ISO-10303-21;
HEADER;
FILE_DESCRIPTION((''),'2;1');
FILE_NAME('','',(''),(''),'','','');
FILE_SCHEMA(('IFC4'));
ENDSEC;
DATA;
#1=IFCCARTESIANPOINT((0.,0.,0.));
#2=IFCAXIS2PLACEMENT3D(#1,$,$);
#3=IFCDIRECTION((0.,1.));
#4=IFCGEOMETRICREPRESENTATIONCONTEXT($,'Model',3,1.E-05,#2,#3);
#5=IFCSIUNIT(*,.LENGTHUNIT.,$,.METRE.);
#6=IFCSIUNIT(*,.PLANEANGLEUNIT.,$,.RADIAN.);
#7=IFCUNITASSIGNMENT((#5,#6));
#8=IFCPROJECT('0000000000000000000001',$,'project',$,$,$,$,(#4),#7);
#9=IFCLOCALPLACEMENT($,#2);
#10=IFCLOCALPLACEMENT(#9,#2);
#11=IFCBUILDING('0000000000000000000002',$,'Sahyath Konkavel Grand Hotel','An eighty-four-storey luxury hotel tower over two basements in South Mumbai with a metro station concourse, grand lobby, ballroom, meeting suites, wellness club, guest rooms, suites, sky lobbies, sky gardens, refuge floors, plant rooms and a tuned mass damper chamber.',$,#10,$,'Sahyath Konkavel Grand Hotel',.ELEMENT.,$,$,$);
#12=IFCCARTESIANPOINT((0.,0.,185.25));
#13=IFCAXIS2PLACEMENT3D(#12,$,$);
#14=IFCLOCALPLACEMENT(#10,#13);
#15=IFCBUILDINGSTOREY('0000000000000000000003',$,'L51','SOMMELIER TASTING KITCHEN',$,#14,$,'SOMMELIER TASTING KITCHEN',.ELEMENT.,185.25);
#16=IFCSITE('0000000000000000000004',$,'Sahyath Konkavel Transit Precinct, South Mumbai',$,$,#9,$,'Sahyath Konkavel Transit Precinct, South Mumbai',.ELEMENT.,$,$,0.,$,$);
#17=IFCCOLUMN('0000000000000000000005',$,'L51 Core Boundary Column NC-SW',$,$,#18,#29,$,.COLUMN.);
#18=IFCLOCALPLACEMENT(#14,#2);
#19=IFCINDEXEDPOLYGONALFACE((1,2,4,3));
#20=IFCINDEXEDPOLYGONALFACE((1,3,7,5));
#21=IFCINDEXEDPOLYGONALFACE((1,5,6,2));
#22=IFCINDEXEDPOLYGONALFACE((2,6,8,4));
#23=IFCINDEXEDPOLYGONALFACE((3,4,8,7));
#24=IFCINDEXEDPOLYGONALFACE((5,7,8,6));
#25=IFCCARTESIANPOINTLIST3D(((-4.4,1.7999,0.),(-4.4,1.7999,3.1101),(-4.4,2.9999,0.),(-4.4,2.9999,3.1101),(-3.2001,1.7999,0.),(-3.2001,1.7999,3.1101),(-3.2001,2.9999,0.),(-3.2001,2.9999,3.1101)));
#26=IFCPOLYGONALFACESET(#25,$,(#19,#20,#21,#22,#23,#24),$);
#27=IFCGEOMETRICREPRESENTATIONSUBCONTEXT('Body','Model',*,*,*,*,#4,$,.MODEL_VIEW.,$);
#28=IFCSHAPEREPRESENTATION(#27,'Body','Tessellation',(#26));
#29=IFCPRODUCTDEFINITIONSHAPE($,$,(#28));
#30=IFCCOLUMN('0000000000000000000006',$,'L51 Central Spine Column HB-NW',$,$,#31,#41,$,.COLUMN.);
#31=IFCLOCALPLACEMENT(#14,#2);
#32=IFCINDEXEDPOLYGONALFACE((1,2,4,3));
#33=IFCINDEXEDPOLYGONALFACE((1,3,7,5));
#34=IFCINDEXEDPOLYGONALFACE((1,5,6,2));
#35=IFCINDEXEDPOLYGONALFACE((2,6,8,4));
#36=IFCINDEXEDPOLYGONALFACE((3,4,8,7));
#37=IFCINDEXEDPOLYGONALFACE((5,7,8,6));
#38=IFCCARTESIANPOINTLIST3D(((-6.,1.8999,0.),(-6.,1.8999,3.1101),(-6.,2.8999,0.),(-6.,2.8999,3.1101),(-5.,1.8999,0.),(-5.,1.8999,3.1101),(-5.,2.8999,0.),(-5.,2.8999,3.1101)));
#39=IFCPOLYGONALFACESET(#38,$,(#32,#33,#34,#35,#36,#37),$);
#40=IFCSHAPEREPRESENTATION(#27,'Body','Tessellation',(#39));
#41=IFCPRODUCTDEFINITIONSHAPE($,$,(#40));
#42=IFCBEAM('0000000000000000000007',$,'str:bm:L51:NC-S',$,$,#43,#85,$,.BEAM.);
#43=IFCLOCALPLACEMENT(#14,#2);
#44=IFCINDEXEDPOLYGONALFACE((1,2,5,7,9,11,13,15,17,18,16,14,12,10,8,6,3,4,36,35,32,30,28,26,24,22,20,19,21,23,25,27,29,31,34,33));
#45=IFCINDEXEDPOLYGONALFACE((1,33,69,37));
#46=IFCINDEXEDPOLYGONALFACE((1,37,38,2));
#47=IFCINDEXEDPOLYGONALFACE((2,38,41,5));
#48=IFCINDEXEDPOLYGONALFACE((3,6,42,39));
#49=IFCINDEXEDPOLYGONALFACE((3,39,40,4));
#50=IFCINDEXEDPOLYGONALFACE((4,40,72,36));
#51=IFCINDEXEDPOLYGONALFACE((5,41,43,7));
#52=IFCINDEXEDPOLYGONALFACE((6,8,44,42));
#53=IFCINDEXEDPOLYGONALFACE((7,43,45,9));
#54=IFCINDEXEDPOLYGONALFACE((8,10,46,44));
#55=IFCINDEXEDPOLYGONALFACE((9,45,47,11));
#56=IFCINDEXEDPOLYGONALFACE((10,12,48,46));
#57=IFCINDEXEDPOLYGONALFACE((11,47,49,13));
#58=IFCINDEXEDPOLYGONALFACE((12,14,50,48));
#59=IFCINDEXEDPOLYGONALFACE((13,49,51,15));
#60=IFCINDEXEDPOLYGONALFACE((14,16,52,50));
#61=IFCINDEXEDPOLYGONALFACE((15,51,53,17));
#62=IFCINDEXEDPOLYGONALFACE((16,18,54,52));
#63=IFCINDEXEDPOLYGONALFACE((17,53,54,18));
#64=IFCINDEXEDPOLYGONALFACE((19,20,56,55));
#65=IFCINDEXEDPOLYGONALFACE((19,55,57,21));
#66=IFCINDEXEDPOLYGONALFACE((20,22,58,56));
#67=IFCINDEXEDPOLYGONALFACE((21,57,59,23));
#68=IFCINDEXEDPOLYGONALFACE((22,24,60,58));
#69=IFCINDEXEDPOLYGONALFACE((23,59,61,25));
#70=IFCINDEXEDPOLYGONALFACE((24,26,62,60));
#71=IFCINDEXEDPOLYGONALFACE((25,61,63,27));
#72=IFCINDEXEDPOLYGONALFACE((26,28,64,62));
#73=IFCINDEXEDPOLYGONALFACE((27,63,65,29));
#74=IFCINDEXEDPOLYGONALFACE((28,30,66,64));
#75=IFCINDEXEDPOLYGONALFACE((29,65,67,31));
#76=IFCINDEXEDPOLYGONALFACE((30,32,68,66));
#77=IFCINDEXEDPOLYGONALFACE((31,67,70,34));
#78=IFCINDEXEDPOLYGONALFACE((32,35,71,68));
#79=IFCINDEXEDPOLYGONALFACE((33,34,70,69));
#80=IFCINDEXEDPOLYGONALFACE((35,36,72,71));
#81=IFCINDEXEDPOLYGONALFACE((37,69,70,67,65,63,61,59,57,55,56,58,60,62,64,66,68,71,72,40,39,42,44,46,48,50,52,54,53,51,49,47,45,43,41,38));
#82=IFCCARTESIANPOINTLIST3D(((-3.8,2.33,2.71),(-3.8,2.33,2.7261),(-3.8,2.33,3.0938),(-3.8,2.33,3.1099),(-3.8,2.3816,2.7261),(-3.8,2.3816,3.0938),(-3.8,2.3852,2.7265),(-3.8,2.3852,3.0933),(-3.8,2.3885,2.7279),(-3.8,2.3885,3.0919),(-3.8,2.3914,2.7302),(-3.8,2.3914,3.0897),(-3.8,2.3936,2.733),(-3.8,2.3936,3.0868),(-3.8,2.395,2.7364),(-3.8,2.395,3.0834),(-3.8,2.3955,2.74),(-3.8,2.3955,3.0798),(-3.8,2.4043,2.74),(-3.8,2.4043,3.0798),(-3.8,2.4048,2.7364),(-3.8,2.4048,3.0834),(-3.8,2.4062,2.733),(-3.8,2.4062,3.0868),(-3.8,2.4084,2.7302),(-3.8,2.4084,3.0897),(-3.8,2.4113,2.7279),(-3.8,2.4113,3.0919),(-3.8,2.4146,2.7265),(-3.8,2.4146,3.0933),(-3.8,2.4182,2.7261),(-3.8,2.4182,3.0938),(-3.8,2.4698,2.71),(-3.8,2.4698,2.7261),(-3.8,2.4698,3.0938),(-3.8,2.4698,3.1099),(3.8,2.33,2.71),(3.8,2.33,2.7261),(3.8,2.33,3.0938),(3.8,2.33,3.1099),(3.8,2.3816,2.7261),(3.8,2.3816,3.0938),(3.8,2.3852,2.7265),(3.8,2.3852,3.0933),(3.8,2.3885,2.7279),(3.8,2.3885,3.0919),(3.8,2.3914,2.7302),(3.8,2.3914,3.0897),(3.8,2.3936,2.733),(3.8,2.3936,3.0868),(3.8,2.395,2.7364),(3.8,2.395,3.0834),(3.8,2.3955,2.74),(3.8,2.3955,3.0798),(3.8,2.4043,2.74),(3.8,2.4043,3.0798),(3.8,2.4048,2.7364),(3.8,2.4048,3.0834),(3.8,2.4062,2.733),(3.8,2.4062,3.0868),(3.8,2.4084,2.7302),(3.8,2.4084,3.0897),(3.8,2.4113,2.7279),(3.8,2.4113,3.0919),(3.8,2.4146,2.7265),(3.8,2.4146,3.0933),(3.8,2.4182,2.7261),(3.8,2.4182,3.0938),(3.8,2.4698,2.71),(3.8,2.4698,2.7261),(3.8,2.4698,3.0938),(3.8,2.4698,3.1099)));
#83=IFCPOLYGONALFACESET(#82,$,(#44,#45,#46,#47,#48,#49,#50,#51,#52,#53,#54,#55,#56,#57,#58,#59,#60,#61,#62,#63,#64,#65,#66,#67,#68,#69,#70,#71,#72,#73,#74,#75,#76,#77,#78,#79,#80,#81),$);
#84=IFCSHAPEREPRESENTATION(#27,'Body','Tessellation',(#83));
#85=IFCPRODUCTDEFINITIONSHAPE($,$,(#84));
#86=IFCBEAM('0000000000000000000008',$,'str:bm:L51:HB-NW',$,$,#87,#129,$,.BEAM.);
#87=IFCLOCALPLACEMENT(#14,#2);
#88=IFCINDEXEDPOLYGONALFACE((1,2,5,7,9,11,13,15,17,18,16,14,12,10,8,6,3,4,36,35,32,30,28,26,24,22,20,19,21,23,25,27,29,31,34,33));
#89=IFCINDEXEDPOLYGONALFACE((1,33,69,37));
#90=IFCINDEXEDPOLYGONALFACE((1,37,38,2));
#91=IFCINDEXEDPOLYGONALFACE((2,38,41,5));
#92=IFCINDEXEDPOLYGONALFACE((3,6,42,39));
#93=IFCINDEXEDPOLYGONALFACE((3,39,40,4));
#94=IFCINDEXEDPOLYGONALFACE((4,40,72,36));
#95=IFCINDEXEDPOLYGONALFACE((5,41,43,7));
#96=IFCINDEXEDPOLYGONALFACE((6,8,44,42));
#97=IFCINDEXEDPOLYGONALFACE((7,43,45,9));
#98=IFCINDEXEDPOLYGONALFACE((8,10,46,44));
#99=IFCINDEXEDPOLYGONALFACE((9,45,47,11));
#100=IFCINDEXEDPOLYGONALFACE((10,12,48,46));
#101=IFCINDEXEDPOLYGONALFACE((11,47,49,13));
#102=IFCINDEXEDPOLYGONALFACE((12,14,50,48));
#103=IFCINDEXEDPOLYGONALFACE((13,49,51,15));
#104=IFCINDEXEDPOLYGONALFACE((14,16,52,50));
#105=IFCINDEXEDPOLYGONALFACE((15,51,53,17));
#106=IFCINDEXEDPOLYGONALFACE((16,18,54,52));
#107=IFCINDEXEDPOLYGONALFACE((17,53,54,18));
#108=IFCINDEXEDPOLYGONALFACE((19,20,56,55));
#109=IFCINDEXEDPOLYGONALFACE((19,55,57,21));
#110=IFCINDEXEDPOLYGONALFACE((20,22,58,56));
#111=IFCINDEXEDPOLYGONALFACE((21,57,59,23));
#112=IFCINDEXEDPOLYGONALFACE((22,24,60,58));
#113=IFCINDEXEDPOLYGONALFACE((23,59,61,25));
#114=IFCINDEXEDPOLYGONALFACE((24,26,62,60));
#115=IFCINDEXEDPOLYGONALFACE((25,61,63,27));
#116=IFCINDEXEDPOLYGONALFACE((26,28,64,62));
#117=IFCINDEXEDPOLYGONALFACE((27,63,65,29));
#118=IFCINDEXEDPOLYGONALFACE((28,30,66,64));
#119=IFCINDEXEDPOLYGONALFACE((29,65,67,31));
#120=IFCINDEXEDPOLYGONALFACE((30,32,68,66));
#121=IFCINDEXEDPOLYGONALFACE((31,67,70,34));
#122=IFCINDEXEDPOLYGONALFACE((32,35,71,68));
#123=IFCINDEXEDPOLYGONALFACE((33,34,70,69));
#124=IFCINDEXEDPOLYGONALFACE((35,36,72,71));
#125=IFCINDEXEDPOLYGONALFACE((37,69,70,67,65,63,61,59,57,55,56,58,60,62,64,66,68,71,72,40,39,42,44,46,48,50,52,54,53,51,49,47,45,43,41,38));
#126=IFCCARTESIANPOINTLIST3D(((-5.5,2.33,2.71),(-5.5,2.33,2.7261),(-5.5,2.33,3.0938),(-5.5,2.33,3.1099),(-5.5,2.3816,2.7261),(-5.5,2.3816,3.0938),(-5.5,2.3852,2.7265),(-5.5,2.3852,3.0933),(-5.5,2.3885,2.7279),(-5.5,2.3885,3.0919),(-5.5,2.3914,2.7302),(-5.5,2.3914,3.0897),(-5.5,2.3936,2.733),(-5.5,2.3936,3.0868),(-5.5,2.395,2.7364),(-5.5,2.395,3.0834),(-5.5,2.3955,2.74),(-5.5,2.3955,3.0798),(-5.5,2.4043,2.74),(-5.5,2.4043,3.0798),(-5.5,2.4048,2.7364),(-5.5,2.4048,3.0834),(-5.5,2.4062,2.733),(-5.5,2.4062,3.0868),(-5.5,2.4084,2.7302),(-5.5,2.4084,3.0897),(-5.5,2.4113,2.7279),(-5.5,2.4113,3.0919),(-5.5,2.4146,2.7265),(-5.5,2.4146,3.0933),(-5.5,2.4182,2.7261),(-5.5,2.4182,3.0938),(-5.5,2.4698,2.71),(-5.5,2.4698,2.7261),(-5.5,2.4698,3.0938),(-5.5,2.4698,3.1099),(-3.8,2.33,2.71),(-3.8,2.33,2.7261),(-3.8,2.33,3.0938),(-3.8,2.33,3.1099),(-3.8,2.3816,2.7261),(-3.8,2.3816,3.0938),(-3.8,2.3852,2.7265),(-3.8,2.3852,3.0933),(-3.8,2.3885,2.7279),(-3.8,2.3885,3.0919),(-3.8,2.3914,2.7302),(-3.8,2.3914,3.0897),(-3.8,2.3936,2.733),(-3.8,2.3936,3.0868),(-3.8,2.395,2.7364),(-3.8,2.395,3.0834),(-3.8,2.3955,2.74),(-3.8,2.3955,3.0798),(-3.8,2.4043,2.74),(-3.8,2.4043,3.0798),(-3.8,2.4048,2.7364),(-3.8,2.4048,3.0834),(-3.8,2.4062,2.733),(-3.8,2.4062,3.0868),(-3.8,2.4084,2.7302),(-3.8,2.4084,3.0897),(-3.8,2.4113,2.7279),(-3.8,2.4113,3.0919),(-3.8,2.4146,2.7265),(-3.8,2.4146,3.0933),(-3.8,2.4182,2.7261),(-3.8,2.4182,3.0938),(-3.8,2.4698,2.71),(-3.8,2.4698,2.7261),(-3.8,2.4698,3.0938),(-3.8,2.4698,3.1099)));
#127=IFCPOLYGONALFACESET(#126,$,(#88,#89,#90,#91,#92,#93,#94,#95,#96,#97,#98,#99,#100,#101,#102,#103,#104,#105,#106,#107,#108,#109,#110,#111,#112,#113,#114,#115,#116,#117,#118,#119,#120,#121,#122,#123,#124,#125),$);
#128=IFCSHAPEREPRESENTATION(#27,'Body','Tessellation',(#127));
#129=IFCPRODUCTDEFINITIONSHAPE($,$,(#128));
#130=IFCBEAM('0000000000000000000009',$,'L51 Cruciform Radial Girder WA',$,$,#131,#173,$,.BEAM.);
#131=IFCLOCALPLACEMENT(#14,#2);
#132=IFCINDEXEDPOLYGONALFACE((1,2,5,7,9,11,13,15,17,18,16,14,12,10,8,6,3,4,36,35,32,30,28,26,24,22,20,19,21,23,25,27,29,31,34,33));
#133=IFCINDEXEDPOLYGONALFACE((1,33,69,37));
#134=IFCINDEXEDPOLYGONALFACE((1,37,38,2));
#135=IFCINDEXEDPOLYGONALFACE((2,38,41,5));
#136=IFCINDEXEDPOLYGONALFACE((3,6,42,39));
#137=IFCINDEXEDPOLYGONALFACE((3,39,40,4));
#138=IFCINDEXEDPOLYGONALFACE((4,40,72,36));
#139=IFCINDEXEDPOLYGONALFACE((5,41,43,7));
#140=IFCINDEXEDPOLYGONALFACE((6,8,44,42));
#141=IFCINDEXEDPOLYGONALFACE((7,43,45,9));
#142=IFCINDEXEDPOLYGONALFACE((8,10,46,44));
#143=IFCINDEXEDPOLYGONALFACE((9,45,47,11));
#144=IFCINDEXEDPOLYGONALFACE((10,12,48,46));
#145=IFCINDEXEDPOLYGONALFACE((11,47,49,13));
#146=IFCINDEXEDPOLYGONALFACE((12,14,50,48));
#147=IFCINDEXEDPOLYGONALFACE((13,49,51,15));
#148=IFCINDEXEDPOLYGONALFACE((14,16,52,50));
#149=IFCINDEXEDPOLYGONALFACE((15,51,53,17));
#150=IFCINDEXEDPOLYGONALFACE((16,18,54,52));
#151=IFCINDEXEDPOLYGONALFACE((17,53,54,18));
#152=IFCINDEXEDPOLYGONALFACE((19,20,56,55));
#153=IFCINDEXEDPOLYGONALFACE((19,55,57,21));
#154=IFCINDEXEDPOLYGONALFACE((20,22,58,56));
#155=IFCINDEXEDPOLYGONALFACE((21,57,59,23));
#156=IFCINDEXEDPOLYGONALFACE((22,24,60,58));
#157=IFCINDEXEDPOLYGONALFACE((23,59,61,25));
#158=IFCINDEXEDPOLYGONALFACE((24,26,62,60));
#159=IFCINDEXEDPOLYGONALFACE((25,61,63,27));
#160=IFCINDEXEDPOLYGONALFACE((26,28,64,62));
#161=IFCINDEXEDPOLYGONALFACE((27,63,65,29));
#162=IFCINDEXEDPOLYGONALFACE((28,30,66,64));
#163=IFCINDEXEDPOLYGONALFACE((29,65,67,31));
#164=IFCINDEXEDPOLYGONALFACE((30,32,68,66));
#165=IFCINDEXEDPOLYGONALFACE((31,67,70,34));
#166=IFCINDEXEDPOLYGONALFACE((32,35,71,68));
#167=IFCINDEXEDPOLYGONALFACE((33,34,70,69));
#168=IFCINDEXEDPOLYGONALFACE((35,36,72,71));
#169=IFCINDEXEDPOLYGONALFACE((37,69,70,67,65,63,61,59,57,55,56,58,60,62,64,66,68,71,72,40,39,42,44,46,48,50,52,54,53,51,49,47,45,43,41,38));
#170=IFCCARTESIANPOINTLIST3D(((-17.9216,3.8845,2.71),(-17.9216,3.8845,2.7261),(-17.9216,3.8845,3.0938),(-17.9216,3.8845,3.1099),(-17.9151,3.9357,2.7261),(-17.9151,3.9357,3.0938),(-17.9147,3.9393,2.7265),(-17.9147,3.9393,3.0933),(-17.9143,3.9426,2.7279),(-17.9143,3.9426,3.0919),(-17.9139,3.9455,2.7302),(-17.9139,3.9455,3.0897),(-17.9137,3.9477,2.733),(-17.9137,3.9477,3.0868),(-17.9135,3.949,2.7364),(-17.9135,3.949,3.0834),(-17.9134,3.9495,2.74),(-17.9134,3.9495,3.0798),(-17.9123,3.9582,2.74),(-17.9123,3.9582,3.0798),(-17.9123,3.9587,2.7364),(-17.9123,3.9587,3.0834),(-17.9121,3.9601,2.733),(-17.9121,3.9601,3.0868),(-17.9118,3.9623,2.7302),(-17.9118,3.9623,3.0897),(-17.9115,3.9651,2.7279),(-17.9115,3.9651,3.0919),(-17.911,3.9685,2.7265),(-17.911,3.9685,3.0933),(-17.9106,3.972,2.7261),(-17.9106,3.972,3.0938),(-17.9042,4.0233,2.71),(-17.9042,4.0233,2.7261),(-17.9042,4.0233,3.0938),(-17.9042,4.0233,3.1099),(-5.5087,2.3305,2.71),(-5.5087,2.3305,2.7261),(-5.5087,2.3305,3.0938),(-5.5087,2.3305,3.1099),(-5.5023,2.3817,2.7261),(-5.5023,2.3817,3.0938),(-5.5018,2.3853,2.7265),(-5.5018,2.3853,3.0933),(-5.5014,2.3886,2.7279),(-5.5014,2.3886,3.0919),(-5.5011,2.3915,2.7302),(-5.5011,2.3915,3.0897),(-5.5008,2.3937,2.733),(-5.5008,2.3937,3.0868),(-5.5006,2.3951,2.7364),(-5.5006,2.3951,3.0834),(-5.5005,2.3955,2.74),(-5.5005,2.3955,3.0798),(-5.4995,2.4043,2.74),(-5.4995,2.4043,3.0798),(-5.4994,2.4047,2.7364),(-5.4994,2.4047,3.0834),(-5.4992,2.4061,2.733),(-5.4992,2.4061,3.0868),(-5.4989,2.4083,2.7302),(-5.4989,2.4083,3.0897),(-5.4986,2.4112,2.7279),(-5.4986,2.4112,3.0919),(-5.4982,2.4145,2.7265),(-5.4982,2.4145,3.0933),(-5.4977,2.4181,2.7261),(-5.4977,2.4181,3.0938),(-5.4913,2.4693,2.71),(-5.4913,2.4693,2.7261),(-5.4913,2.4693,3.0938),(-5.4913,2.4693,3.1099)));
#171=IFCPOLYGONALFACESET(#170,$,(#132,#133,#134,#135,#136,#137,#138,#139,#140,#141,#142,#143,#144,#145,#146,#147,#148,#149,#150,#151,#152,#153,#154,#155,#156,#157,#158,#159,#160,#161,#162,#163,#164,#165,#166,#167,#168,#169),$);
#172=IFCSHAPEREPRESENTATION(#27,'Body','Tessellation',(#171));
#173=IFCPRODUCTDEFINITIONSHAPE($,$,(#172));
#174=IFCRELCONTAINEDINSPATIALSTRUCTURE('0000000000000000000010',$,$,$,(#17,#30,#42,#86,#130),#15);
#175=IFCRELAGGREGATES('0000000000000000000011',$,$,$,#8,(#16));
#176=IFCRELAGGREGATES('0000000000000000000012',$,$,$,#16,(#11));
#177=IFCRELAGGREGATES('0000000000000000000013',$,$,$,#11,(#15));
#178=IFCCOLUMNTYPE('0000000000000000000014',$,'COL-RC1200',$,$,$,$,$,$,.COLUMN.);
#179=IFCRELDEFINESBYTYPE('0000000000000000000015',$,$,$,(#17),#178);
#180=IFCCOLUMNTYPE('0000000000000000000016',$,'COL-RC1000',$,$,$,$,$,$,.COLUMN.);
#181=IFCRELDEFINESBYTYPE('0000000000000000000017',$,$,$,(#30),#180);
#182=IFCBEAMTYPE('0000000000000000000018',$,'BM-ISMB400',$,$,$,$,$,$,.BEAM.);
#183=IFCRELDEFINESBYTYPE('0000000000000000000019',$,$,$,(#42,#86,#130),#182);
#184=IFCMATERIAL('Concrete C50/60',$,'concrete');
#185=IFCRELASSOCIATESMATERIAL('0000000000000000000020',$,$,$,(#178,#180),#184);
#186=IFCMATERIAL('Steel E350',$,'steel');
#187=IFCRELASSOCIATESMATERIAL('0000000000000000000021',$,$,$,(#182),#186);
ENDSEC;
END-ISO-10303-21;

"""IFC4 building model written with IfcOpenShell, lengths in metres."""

from ifc_helpers import new_model, si_unit, direction, frame, origin, origin_2d, place, context, subcontext, project, spatial, rectangle, i_section, extrude, source, transform, mapped, material, material_profile, profile_set, type_object, element, save


model = new_model("IFC4")

# Units and contexts
model_context = context("Model", 3, precision=1e-05, world=origin(), true_north=direction((0.0, 1.0)))
body_context = subcontext(model_context, "Body", "Model", "MODEL_VIEW")
ifc_project = project(units=[si_unit("LENGTHUNIT", "METRE"), si_unit("PLANEANGLEUNIT", "RADIAN")], contexts=[model_context])

# Site, building, storey
site_placement = place(None, origin())
site = spatial("IfcSite", under=ifc_project, at=site_placement, Name="Sahyath Konkavel Transit Precinct, South Mumbai", LongName="Sahyath Konkavel Transit Precinct, South Mumbai", CompositionType="ELEMENT", RefElevation=0.0)
building_placement = place(site_placement, origin())
building = spatial("IfcBuilding", under=site, at=building_placement, Name="Sahyath Konkavel Grand Hotel", Description="An eighty-four-storey luxury hotel tower over two basements in South Mumbai with a metro station concourse, grand lobby, ballroom, meeting suites, wellness club, guest rooms, suites, sky lobbies, sky gardens, refuge floors, plant rooms and a tuned mass damper chamber.", LongName="Sahyath Konkavel Grand Hotel", CompositionType="ELEMENT")
storey_placement = place(building_placement, frame((0.0, 0.0, 185.25)))
storey = spatial("IfcBuildingStorey", under=building, at=storey_placement, Name="L51", Description="SOMMELIER TASTING KITCHEN", LongName="SOMMELIER TASTING KITCHEN", CompositionType="ELEMENT", Elevation=185.25)

# Columns
ifc_material_1 = material(Name="Concrete C50/60", Category="concrete")
ifc_material_profile_1 = material_profile(ifc_material_1, rectangle(XDim=1.2, YDim=1.2, at=origin_2d()), Name="RC 1200x1200")
ifc_profile_set_1 = profile_set([ifc_material_profile_1], Name="Concrete C50/60")
column_type_1 = type_object("IfcColumnType", Name="COL-RC1200", PredefinedType="COLUMN", material=ifc_profile_set_1)
shared_shape_1 = source(origin(), body_context, "Body", "SweptSolid", [
    extrude(rectangle(XDim=1.2, YDim=1.2, at=origin_2d()), origin(), (0.0, 0.0, 1.0), 3.1101),
])
column_1_placement = place(storey_placement, frame((-3.8, 2.3999, 0.0), z_axis=(0.0, 0.0, 1.0), x_axis=(1.0, 0.0, 0.0)))
element("IfcColumn", 1, at=column_1_placement, inside=storey, type_object=column_type_1, Name="L51 Core Boundary Column NC-SW", PredefinedType="COLUMN", context=body_context, shape_type="MappedRepresentation", body=[
    mapped(shared_shape_1, transform((0.0, 0.0, 0.0), scale=1.0)),
])
ifc_material_profile_2 = material_profile(ifc_material_1, rectangle(XDim=1.0, YDim=1.0, at=origin_2d()), Name="RC 1000x1000")
ifc_profile_set_2 = profile_set([ifc_material_profile_2], Name="Concrete C50/60")
column_type_2 = type_object("IfcColumnType", Name="COL-RC1000", PredefinedType="COLUMN", material=ifc_profile_set_2)
shared_shape_2 = source(origin(), body_context, "Body", "SweptSolid", [
    extrude(rectangle(XDim=1.0, YDim=1.0, at=origin_2d()), origin(), (0.0, 0.0, 1.0), 3.1101),
])
column_2_placement = place(storey_placement, frame((-5.5, 2.3999, 0.0), z_axis=(0.0, 0.0, 1.0), x_axis=(1.0, 0.0, 0.0)))
element("IfcColumn", 2, at=column_2_placement, inside=storey, type_object=column_type_2, Name="L51 Central Spine Column HB-NW", PredefinedType="COLUMN", context=body_context, shape_type="MappedRepresentation", body=[
    mapped(shared_shape_2, transform((0.0, 0.0, 0.0), scale=1.0)),
])

# Beams
ifc_material_2 = material(Name="Steel E350", Category="steel")
ifc_material_profile_3 = material_profile(ifc_material_2, i_section(OverallWidth=0.1399, OverallDepth=0.3999, WebThickness=0.0088, FlangeThickness=0.0161, FilletRadius=0.0139, at=origin_2d()), Name="ISMB 400")
ifc_profile_set_3 = profile_set([ifc_material_profile_3], Name="Steel E350")
beam_type_1 = type_object("IfcBeamType", Name="BM-ISMB400", PredefinedType="BEAM", material=ifc_profile_set_3)
shared_shape_3 = source(origin(), body_context, "Body", "SweptSolid", [
    extrude(i_section(OverallWidth=0.1399, OverallDepth=0.3999, WebThickness=0.0088, FlangeThickness=0.0161, FilletRadius=0.0139, at=origin_2d()), origin(), (0.0, 0.0, 1.0), 7.6001),
])
beam_1_placement = place(storey_placement, frame((-3.8, 2.3999, 2.9099), z_axis=(1.0, 0.0, 0.0), x_axis=(0.0, 1.0, 0.0)))
element("IfcBeam", 3, at=beam_1_placement, inside=storey, type_object=beam_type_1, Name="str:bm:L51:NC-S", PredefinedType="BEAM", context=body_context, shape_type="MappedRepresentation", body=[
    mapped(shared_shape_3, transform((0.0, 0.0, 0.0), scale=1.0)),
])
shared_shape_4 = source(origin(), body_context, "Body", "SweptSolid", [
    extrude(i_section(OverallWidth=0.1399, OverallDepth=0.3999, WebThickness=0.0088, FlangeThickness=0.0161, FilletRadius=0.0139, at=origin_2d()), origin(), (0.0, 0.0, 1.0), 1.7),
])
beam_2_placement = place(storey_placement, frame((-5.5, 2.3999, 2.9099), z_axis=(1.0, 0.0, 0.0), x_axis=(0.0, 1.0, 0.0)))
element("IfcBeam", 4, at=beam_2_placement, inside=storey, type_object=beam_type_1, Name="str:bm:L51:HB-NW", PredefinedType="BEAM", context=body_context, shape_type="MappedRepresentation", body=[
    mapped(shared_shape_4, transform((0.0, 0.0, 0.0), scale=1.0)),
])
shared_shape_5 = source(origin(), body_context, "Body", "SweptSolid", [
    extrude(i_section(OverallWidth=0.1399, OverallDepth=0.3999, WebThickness=0.0088, FlangeThickness=0.0161, FilletRadius=0.0139, at=origin_2d()), origin(), (0.0, 0.0, 1.0), 12.5098),
])
beam_3_placement = place(storey_placement, frame((-5.5, 2.3999, 2.9099), z_axis=(-0.992255, 0.12422, 0.0), x_axis=(-0.12422, -0.992255, 0.0)))
element("IfcBeam", 5, at=beam_3_placement, inside=storey, type_object=beam_type_1, Name="L51 Cruciform Radial Girder WA", PredefinedType="BEAM", context=body_context, shape_type="MappedRepresentation", body=[
    mapped(shared_shape_5, transform((0.0, 0.0, 0.0), scale=1.0)),
])

save(model, "model.ifc")
